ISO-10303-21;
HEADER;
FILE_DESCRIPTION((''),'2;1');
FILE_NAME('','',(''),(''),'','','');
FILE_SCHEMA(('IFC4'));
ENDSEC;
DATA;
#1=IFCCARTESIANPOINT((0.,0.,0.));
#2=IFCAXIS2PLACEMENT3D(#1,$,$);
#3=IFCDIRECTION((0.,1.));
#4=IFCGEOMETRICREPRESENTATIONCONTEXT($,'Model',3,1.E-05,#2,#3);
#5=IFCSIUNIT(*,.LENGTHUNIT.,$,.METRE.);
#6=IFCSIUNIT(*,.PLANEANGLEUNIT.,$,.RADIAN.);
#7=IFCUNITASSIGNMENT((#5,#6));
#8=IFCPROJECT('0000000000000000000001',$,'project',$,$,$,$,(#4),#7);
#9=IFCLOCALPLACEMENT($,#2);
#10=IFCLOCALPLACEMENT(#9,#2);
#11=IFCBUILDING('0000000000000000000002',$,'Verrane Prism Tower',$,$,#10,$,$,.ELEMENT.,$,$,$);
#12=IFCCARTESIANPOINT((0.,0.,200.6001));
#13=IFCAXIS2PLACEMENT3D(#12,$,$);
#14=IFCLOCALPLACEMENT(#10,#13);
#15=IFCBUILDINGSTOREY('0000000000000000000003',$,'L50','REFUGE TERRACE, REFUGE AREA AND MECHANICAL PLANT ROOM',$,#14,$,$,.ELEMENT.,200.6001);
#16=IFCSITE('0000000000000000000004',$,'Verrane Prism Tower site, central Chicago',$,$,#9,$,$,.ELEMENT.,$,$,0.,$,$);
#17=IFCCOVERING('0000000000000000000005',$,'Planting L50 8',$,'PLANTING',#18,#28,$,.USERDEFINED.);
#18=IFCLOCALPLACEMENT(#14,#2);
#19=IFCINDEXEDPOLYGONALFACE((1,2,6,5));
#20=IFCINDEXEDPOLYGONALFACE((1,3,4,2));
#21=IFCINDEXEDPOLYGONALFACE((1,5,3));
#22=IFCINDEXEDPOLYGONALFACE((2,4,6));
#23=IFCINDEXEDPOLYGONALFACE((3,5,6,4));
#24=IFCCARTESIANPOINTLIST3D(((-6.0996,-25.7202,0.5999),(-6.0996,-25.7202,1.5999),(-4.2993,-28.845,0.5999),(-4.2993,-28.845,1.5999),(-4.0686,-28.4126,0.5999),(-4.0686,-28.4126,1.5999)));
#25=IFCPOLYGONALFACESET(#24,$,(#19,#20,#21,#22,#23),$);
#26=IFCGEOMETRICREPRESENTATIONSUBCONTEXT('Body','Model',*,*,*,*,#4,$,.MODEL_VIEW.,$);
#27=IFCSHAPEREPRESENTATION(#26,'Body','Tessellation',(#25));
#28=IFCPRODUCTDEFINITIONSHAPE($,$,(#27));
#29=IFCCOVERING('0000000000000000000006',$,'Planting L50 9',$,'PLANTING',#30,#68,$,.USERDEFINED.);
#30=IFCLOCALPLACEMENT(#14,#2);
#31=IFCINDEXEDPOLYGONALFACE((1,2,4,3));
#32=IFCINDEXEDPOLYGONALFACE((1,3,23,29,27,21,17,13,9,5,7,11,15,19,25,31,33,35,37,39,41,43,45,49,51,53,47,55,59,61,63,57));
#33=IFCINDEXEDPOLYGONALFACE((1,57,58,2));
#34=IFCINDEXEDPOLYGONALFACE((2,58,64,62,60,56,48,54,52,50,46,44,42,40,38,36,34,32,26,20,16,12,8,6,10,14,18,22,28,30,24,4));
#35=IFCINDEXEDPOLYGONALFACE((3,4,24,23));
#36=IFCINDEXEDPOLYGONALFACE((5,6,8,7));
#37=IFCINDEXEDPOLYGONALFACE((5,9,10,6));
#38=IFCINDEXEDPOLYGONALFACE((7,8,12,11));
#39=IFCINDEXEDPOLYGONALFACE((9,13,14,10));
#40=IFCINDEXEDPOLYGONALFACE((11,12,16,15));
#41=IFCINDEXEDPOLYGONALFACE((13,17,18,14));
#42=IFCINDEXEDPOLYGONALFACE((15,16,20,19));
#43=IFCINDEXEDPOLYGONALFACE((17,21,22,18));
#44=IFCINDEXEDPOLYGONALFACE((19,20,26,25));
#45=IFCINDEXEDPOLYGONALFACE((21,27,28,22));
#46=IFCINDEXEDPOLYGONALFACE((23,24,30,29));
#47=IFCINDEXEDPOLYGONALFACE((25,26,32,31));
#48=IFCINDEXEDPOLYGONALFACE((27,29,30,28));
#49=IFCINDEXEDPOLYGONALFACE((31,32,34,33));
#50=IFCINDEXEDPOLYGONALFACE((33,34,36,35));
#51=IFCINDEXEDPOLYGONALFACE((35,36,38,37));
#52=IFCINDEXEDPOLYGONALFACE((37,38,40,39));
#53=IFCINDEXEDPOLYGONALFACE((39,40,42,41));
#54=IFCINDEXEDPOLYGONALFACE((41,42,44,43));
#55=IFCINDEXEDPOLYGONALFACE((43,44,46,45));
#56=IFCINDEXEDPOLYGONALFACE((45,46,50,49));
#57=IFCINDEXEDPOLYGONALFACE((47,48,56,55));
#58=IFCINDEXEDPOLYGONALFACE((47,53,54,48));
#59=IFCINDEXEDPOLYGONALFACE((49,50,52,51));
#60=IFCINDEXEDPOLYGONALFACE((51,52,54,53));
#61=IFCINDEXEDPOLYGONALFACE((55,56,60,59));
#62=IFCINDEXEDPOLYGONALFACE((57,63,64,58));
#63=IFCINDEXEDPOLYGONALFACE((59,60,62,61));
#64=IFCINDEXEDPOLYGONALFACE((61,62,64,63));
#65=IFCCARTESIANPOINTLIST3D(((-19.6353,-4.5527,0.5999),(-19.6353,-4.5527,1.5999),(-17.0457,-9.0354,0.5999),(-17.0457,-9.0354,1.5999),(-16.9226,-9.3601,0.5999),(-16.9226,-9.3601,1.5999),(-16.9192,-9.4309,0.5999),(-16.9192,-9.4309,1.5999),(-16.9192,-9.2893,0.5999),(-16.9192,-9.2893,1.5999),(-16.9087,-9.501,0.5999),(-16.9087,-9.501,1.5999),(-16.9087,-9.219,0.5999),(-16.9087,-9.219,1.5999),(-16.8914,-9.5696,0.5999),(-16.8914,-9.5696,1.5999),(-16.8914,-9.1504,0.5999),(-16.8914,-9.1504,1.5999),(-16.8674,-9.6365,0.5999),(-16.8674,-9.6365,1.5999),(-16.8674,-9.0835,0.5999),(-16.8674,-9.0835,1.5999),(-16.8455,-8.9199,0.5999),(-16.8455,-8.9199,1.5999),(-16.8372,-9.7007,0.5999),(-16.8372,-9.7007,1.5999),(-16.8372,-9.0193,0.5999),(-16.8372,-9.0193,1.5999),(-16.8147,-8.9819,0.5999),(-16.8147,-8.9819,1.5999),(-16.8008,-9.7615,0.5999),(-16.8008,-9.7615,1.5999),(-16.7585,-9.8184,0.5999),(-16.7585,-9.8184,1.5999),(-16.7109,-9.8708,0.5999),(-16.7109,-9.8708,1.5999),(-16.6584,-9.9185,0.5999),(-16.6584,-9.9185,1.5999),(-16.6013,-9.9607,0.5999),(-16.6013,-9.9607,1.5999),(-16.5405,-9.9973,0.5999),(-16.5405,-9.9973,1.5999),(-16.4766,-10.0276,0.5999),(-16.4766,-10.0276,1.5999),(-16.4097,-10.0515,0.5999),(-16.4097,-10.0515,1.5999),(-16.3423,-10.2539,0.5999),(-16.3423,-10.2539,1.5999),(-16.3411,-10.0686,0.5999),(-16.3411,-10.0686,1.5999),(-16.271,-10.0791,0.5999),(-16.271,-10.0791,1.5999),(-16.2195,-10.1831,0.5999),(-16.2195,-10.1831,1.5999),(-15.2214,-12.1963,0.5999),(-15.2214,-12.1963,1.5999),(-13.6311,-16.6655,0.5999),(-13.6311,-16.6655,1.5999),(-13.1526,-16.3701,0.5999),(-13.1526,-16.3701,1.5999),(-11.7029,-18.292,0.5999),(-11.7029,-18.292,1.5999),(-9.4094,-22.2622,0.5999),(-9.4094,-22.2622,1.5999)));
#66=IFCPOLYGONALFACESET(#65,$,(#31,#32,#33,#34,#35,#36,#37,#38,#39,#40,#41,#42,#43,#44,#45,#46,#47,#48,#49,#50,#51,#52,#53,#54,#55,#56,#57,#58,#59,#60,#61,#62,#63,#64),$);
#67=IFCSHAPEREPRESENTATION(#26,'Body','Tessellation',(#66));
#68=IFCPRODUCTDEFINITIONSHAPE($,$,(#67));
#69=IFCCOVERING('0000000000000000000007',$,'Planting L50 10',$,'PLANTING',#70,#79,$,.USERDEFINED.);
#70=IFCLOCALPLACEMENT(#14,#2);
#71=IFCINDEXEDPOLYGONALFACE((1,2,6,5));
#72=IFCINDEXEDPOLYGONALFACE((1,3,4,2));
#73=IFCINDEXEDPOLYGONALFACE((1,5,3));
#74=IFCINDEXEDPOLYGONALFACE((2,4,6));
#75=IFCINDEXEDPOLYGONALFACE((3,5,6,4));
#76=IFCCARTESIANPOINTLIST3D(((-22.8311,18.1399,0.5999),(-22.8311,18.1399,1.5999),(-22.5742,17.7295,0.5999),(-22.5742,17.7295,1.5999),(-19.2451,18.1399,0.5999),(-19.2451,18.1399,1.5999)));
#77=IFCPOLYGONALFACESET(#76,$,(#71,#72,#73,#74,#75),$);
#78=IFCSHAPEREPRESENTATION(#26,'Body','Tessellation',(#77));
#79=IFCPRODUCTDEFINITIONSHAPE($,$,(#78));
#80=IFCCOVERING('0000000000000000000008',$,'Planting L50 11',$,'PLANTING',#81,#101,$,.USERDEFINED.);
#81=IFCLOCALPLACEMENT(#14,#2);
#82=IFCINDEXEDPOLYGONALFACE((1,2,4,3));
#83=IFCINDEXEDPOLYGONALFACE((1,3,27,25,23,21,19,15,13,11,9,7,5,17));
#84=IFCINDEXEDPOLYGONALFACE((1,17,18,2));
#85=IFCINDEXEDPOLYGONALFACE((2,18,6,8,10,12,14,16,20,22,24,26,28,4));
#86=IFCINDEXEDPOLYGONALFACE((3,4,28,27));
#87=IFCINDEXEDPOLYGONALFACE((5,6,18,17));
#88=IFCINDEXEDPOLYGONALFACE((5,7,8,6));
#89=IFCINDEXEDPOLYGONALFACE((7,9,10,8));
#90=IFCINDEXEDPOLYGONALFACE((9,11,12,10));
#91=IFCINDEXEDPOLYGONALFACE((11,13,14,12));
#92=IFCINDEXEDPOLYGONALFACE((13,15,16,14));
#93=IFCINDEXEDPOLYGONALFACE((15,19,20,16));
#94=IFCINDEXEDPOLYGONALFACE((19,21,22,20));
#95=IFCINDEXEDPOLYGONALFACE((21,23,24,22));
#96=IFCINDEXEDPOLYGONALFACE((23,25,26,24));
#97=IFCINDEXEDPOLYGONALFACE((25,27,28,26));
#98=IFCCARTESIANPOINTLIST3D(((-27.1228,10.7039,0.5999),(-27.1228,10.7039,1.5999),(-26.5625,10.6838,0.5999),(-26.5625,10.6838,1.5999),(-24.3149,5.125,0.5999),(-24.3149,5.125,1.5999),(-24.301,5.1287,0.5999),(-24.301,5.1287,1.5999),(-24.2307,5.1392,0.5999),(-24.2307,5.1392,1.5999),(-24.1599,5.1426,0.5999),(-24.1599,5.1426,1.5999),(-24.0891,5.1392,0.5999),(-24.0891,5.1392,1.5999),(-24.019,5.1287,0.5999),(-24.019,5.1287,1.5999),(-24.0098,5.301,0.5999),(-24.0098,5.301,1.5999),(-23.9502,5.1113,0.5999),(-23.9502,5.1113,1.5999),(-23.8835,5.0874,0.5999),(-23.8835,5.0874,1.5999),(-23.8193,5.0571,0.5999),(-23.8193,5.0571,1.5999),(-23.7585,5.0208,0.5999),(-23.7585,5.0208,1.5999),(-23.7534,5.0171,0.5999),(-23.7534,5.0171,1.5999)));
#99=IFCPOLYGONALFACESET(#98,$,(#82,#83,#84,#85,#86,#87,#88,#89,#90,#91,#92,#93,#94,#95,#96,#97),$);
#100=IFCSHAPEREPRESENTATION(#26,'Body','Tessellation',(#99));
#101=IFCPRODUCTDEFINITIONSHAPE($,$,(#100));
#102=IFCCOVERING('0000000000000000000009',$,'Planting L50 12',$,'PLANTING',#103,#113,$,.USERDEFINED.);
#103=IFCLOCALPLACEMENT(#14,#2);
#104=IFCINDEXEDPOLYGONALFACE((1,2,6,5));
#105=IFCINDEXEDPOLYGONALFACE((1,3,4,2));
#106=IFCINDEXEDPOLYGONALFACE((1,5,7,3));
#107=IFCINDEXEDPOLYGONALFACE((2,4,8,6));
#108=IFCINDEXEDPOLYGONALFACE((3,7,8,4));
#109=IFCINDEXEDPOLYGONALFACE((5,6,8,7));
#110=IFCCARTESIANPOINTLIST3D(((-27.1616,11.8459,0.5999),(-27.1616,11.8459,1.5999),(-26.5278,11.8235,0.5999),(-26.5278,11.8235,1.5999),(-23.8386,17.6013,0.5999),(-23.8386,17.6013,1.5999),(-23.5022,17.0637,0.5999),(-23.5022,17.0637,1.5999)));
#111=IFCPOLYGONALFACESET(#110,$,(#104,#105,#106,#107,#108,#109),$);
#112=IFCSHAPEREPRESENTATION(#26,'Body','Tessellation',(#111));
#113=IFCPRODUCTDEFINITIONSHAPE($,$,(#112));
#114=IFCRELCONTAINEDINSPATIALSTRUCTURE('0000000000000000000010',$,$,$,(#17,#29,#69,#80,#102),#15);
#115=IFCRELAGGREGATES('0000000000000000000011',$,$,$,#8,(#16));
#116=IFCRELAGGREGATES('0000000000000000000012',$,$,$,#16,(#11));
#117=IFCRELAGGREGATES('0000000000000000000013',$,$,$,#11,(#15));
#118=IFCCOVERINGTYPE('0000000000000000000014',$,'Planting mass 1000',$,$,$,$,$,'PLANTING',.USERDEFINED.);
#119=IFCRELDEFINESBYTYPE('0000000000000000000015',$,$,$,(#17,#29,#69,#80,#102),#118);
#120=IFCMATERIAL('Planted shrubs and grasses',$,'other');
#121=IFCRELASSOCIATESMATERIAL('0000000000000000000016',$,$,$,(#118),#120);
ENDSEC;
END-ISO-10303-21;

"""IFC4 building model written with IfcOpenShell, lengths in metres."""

from ifc_helpers import new_model, si_unit, direction, frame, origin, place, context, subcontext, project, spatial, polyline, outline, extrude, material, type_object, element, save


model = new_model("IFC4")

# Units and contexts
model_context = context("Model", 3, precision=1e-05, world=origin(), true_north=direction((0.0, 1.0)))
body_context = subcontext(model_context, "Body", "Model", "MODEL_VIEW")
ifc_project = project(units=[si_unit("LENGTHUNIT", "METRE"), si_unit("PLANEANGLEUNIT", "RADIAN")], contexts=[model_context])

# Site, building, storey
site_placement = place(None, origin())
site = spatial("IfcSite", under=ifc_project, at=site_placement, Name="Verrane Prism Tower site, central Chicago", CompositionType="ELEMENT", RefElevation=0.0)
building_placement = place(site_placement, origin())
building = spatial("IfcBuilding", under=site, at=building_placement, Name="Verrane Prism Tower", CompositionType="ELEMENT")
storey_placement = place(building_placement, frame((0.0, 0.0, 200.6001)))
storey = spatial("IfcBuildingStorey", under=building, at=storey_placement, Name="L50", Description="REFUGE TERRACE, REFUGE AREA AND MECHANICAL PLANT ROOM", CompositionType="ELEMENT", Elevation=200.6001)

# Coverings
ifc_material_1 = material(Name="Planted shrubs and grasses", Category="other")
covering_type_1 = type_object("IfcCoveringType", Name="Planting mass 1000", ElementType="PLANTING", PredefinedType="USERDEFINED", material=ifc_material_1)
covering_1_placement = place(storey_placement, frame((0.0, 0.0, 0.5999)))
element("IfcCovering", 1, at=covering_1_placement, inside=storey, type_object=covering_type_1, Name="Planting L50 8", ObjectType="PLANTING", PredefinedType="USERDEFINED", context=body_context, shape_type="SweptSolid", body=[
    extrude(outline(polyline([(-4.2993, -28.845), (-4.0686, -28.4126), (-6.0996, -25.7202), (-4.2993, -28.845)])), origin(), (0.0, 0.0, 1.0), 1.0),
])
covering_2_placement = place(storey_placement, frame((0.0, 0.0, 0.5999)))
element("IfcCovering", 2, at=covering_2_placement, inside=storey, type_object=covering_type_1, Name="Planting L50 9", ObjectType="PLANTING", PredefinedType="USERDEFINED", context=body_context, shape_type="SweptSolid", body=[
    extrude(outline(polyline([(-13.6311, -16.6655), (-9.4094, -22.2622), (-11.7029, -18.292), (-13.1526, -16.3701), (-15.2214, -12.1963), (-16.3423, -10.2539), (-16.2195, -10.1831), (-16.271, -10.0791), (-16.3411, -10.0686), (-16.4097, -10.0515), (-16.4766, -10.0276), (-16.5405, -9.9973), (-16.6013, -9.9607), (-16.6584, -9.9185), (-16.7109, -9.8708), (-16.7585, -9.8184), (-16.8008, -9.7615), (-16.8372, -9.7007), (-16.8674, -9.6365), (-16.8914, -9.5696), (-16.9087, -9.501), (-16.9192, -9.4309), (-16.9226, -9.3601), (-16.9192, -9.2893), (-16.9087, -9.219), (-16.8914, -9.1504), (-16.8674, -9.0835), (-16.8372, -9.0193), (-16.8147, -8.9819), (-16.8455, -8.9199), (-17.0457, -9.0354), (-19.6353, -4.5527), (-13.6311, -16.6655)])), origin(), (0.0, 0.0, 1.0), 1.0),
])
covering_3_placement = place(storey_placement, frame((0.0, 0.0, 0.5999)))
element("IfcCovering", 3, at=covering_3_placement, inside=storey, type_object=covering_type_1, Name="Planting L50 10", ObjectType="PLANTING", PredefinedType="USERDEFINED", context=body_context, shape_type="SweptSolid", body=[
    extrude(outline(polyline([(-22.5742, 17.7295), (-19.2451, 18.1399), (-22.8311, 18.1399), (-22.5742, 17.7295)])), origin(), (0.0, 0.0, 1.0), 1.0),
])
covering_4_placement = place(storey_placement, frame((0.0, 0.0, 0.5999)))
element("IfcCovering", 4, at=covering_4_placement, inside=storey, type_object=covering_type_1, Name="Planting L50 11", ObjectType="PLANTING", PredefinedType="USERDEFINED", context=body_context, shape_type="SweptSolid", body=[
    extrude(outline(polyline([(-24.0098, 5.301), (-24.3149, 5.125), (-24.301, 5.1287), (-24.2307, 5.1392), (-24.1599, 5.1426), (-24.0891, 5.1392), (-24.019, 5.1287), (-23.9502, 5.1113), (-23.8835, 5.0874), (-23.8193, 5.0571), (-23.7585, 5.0208), (-23.7534, 5.0171), (-26.5625, 10.6838), (-27.1228, 10.7039), (-24.0098, 5.301)])), origin(), (0.0, 0.0, 1.0), 1.0),
])
covering_5_placement = place(storey_placement, frame((0.0, 0.0, 0.5999)))
element("IfcCovering", 5, at=covering_5_placement, inside=storey, type_object=covering_type_1, Name="Planting L50 12", ObjectType="PLANTING", PredefinedType="USERDEFINED", context=body_context, shape_type="SweptSolid", body=[
    extrude(outline(polyline([(-26.5278, 11.8235), (-23.5022, 17.0637), (-23.8386, 17.6013), (-27.1616, 11.8459), (-26.5278, 11.8235)])), origin(), (0.0, 0.0, 1.0), 1.0),
])

save(model, "model.ifc")
